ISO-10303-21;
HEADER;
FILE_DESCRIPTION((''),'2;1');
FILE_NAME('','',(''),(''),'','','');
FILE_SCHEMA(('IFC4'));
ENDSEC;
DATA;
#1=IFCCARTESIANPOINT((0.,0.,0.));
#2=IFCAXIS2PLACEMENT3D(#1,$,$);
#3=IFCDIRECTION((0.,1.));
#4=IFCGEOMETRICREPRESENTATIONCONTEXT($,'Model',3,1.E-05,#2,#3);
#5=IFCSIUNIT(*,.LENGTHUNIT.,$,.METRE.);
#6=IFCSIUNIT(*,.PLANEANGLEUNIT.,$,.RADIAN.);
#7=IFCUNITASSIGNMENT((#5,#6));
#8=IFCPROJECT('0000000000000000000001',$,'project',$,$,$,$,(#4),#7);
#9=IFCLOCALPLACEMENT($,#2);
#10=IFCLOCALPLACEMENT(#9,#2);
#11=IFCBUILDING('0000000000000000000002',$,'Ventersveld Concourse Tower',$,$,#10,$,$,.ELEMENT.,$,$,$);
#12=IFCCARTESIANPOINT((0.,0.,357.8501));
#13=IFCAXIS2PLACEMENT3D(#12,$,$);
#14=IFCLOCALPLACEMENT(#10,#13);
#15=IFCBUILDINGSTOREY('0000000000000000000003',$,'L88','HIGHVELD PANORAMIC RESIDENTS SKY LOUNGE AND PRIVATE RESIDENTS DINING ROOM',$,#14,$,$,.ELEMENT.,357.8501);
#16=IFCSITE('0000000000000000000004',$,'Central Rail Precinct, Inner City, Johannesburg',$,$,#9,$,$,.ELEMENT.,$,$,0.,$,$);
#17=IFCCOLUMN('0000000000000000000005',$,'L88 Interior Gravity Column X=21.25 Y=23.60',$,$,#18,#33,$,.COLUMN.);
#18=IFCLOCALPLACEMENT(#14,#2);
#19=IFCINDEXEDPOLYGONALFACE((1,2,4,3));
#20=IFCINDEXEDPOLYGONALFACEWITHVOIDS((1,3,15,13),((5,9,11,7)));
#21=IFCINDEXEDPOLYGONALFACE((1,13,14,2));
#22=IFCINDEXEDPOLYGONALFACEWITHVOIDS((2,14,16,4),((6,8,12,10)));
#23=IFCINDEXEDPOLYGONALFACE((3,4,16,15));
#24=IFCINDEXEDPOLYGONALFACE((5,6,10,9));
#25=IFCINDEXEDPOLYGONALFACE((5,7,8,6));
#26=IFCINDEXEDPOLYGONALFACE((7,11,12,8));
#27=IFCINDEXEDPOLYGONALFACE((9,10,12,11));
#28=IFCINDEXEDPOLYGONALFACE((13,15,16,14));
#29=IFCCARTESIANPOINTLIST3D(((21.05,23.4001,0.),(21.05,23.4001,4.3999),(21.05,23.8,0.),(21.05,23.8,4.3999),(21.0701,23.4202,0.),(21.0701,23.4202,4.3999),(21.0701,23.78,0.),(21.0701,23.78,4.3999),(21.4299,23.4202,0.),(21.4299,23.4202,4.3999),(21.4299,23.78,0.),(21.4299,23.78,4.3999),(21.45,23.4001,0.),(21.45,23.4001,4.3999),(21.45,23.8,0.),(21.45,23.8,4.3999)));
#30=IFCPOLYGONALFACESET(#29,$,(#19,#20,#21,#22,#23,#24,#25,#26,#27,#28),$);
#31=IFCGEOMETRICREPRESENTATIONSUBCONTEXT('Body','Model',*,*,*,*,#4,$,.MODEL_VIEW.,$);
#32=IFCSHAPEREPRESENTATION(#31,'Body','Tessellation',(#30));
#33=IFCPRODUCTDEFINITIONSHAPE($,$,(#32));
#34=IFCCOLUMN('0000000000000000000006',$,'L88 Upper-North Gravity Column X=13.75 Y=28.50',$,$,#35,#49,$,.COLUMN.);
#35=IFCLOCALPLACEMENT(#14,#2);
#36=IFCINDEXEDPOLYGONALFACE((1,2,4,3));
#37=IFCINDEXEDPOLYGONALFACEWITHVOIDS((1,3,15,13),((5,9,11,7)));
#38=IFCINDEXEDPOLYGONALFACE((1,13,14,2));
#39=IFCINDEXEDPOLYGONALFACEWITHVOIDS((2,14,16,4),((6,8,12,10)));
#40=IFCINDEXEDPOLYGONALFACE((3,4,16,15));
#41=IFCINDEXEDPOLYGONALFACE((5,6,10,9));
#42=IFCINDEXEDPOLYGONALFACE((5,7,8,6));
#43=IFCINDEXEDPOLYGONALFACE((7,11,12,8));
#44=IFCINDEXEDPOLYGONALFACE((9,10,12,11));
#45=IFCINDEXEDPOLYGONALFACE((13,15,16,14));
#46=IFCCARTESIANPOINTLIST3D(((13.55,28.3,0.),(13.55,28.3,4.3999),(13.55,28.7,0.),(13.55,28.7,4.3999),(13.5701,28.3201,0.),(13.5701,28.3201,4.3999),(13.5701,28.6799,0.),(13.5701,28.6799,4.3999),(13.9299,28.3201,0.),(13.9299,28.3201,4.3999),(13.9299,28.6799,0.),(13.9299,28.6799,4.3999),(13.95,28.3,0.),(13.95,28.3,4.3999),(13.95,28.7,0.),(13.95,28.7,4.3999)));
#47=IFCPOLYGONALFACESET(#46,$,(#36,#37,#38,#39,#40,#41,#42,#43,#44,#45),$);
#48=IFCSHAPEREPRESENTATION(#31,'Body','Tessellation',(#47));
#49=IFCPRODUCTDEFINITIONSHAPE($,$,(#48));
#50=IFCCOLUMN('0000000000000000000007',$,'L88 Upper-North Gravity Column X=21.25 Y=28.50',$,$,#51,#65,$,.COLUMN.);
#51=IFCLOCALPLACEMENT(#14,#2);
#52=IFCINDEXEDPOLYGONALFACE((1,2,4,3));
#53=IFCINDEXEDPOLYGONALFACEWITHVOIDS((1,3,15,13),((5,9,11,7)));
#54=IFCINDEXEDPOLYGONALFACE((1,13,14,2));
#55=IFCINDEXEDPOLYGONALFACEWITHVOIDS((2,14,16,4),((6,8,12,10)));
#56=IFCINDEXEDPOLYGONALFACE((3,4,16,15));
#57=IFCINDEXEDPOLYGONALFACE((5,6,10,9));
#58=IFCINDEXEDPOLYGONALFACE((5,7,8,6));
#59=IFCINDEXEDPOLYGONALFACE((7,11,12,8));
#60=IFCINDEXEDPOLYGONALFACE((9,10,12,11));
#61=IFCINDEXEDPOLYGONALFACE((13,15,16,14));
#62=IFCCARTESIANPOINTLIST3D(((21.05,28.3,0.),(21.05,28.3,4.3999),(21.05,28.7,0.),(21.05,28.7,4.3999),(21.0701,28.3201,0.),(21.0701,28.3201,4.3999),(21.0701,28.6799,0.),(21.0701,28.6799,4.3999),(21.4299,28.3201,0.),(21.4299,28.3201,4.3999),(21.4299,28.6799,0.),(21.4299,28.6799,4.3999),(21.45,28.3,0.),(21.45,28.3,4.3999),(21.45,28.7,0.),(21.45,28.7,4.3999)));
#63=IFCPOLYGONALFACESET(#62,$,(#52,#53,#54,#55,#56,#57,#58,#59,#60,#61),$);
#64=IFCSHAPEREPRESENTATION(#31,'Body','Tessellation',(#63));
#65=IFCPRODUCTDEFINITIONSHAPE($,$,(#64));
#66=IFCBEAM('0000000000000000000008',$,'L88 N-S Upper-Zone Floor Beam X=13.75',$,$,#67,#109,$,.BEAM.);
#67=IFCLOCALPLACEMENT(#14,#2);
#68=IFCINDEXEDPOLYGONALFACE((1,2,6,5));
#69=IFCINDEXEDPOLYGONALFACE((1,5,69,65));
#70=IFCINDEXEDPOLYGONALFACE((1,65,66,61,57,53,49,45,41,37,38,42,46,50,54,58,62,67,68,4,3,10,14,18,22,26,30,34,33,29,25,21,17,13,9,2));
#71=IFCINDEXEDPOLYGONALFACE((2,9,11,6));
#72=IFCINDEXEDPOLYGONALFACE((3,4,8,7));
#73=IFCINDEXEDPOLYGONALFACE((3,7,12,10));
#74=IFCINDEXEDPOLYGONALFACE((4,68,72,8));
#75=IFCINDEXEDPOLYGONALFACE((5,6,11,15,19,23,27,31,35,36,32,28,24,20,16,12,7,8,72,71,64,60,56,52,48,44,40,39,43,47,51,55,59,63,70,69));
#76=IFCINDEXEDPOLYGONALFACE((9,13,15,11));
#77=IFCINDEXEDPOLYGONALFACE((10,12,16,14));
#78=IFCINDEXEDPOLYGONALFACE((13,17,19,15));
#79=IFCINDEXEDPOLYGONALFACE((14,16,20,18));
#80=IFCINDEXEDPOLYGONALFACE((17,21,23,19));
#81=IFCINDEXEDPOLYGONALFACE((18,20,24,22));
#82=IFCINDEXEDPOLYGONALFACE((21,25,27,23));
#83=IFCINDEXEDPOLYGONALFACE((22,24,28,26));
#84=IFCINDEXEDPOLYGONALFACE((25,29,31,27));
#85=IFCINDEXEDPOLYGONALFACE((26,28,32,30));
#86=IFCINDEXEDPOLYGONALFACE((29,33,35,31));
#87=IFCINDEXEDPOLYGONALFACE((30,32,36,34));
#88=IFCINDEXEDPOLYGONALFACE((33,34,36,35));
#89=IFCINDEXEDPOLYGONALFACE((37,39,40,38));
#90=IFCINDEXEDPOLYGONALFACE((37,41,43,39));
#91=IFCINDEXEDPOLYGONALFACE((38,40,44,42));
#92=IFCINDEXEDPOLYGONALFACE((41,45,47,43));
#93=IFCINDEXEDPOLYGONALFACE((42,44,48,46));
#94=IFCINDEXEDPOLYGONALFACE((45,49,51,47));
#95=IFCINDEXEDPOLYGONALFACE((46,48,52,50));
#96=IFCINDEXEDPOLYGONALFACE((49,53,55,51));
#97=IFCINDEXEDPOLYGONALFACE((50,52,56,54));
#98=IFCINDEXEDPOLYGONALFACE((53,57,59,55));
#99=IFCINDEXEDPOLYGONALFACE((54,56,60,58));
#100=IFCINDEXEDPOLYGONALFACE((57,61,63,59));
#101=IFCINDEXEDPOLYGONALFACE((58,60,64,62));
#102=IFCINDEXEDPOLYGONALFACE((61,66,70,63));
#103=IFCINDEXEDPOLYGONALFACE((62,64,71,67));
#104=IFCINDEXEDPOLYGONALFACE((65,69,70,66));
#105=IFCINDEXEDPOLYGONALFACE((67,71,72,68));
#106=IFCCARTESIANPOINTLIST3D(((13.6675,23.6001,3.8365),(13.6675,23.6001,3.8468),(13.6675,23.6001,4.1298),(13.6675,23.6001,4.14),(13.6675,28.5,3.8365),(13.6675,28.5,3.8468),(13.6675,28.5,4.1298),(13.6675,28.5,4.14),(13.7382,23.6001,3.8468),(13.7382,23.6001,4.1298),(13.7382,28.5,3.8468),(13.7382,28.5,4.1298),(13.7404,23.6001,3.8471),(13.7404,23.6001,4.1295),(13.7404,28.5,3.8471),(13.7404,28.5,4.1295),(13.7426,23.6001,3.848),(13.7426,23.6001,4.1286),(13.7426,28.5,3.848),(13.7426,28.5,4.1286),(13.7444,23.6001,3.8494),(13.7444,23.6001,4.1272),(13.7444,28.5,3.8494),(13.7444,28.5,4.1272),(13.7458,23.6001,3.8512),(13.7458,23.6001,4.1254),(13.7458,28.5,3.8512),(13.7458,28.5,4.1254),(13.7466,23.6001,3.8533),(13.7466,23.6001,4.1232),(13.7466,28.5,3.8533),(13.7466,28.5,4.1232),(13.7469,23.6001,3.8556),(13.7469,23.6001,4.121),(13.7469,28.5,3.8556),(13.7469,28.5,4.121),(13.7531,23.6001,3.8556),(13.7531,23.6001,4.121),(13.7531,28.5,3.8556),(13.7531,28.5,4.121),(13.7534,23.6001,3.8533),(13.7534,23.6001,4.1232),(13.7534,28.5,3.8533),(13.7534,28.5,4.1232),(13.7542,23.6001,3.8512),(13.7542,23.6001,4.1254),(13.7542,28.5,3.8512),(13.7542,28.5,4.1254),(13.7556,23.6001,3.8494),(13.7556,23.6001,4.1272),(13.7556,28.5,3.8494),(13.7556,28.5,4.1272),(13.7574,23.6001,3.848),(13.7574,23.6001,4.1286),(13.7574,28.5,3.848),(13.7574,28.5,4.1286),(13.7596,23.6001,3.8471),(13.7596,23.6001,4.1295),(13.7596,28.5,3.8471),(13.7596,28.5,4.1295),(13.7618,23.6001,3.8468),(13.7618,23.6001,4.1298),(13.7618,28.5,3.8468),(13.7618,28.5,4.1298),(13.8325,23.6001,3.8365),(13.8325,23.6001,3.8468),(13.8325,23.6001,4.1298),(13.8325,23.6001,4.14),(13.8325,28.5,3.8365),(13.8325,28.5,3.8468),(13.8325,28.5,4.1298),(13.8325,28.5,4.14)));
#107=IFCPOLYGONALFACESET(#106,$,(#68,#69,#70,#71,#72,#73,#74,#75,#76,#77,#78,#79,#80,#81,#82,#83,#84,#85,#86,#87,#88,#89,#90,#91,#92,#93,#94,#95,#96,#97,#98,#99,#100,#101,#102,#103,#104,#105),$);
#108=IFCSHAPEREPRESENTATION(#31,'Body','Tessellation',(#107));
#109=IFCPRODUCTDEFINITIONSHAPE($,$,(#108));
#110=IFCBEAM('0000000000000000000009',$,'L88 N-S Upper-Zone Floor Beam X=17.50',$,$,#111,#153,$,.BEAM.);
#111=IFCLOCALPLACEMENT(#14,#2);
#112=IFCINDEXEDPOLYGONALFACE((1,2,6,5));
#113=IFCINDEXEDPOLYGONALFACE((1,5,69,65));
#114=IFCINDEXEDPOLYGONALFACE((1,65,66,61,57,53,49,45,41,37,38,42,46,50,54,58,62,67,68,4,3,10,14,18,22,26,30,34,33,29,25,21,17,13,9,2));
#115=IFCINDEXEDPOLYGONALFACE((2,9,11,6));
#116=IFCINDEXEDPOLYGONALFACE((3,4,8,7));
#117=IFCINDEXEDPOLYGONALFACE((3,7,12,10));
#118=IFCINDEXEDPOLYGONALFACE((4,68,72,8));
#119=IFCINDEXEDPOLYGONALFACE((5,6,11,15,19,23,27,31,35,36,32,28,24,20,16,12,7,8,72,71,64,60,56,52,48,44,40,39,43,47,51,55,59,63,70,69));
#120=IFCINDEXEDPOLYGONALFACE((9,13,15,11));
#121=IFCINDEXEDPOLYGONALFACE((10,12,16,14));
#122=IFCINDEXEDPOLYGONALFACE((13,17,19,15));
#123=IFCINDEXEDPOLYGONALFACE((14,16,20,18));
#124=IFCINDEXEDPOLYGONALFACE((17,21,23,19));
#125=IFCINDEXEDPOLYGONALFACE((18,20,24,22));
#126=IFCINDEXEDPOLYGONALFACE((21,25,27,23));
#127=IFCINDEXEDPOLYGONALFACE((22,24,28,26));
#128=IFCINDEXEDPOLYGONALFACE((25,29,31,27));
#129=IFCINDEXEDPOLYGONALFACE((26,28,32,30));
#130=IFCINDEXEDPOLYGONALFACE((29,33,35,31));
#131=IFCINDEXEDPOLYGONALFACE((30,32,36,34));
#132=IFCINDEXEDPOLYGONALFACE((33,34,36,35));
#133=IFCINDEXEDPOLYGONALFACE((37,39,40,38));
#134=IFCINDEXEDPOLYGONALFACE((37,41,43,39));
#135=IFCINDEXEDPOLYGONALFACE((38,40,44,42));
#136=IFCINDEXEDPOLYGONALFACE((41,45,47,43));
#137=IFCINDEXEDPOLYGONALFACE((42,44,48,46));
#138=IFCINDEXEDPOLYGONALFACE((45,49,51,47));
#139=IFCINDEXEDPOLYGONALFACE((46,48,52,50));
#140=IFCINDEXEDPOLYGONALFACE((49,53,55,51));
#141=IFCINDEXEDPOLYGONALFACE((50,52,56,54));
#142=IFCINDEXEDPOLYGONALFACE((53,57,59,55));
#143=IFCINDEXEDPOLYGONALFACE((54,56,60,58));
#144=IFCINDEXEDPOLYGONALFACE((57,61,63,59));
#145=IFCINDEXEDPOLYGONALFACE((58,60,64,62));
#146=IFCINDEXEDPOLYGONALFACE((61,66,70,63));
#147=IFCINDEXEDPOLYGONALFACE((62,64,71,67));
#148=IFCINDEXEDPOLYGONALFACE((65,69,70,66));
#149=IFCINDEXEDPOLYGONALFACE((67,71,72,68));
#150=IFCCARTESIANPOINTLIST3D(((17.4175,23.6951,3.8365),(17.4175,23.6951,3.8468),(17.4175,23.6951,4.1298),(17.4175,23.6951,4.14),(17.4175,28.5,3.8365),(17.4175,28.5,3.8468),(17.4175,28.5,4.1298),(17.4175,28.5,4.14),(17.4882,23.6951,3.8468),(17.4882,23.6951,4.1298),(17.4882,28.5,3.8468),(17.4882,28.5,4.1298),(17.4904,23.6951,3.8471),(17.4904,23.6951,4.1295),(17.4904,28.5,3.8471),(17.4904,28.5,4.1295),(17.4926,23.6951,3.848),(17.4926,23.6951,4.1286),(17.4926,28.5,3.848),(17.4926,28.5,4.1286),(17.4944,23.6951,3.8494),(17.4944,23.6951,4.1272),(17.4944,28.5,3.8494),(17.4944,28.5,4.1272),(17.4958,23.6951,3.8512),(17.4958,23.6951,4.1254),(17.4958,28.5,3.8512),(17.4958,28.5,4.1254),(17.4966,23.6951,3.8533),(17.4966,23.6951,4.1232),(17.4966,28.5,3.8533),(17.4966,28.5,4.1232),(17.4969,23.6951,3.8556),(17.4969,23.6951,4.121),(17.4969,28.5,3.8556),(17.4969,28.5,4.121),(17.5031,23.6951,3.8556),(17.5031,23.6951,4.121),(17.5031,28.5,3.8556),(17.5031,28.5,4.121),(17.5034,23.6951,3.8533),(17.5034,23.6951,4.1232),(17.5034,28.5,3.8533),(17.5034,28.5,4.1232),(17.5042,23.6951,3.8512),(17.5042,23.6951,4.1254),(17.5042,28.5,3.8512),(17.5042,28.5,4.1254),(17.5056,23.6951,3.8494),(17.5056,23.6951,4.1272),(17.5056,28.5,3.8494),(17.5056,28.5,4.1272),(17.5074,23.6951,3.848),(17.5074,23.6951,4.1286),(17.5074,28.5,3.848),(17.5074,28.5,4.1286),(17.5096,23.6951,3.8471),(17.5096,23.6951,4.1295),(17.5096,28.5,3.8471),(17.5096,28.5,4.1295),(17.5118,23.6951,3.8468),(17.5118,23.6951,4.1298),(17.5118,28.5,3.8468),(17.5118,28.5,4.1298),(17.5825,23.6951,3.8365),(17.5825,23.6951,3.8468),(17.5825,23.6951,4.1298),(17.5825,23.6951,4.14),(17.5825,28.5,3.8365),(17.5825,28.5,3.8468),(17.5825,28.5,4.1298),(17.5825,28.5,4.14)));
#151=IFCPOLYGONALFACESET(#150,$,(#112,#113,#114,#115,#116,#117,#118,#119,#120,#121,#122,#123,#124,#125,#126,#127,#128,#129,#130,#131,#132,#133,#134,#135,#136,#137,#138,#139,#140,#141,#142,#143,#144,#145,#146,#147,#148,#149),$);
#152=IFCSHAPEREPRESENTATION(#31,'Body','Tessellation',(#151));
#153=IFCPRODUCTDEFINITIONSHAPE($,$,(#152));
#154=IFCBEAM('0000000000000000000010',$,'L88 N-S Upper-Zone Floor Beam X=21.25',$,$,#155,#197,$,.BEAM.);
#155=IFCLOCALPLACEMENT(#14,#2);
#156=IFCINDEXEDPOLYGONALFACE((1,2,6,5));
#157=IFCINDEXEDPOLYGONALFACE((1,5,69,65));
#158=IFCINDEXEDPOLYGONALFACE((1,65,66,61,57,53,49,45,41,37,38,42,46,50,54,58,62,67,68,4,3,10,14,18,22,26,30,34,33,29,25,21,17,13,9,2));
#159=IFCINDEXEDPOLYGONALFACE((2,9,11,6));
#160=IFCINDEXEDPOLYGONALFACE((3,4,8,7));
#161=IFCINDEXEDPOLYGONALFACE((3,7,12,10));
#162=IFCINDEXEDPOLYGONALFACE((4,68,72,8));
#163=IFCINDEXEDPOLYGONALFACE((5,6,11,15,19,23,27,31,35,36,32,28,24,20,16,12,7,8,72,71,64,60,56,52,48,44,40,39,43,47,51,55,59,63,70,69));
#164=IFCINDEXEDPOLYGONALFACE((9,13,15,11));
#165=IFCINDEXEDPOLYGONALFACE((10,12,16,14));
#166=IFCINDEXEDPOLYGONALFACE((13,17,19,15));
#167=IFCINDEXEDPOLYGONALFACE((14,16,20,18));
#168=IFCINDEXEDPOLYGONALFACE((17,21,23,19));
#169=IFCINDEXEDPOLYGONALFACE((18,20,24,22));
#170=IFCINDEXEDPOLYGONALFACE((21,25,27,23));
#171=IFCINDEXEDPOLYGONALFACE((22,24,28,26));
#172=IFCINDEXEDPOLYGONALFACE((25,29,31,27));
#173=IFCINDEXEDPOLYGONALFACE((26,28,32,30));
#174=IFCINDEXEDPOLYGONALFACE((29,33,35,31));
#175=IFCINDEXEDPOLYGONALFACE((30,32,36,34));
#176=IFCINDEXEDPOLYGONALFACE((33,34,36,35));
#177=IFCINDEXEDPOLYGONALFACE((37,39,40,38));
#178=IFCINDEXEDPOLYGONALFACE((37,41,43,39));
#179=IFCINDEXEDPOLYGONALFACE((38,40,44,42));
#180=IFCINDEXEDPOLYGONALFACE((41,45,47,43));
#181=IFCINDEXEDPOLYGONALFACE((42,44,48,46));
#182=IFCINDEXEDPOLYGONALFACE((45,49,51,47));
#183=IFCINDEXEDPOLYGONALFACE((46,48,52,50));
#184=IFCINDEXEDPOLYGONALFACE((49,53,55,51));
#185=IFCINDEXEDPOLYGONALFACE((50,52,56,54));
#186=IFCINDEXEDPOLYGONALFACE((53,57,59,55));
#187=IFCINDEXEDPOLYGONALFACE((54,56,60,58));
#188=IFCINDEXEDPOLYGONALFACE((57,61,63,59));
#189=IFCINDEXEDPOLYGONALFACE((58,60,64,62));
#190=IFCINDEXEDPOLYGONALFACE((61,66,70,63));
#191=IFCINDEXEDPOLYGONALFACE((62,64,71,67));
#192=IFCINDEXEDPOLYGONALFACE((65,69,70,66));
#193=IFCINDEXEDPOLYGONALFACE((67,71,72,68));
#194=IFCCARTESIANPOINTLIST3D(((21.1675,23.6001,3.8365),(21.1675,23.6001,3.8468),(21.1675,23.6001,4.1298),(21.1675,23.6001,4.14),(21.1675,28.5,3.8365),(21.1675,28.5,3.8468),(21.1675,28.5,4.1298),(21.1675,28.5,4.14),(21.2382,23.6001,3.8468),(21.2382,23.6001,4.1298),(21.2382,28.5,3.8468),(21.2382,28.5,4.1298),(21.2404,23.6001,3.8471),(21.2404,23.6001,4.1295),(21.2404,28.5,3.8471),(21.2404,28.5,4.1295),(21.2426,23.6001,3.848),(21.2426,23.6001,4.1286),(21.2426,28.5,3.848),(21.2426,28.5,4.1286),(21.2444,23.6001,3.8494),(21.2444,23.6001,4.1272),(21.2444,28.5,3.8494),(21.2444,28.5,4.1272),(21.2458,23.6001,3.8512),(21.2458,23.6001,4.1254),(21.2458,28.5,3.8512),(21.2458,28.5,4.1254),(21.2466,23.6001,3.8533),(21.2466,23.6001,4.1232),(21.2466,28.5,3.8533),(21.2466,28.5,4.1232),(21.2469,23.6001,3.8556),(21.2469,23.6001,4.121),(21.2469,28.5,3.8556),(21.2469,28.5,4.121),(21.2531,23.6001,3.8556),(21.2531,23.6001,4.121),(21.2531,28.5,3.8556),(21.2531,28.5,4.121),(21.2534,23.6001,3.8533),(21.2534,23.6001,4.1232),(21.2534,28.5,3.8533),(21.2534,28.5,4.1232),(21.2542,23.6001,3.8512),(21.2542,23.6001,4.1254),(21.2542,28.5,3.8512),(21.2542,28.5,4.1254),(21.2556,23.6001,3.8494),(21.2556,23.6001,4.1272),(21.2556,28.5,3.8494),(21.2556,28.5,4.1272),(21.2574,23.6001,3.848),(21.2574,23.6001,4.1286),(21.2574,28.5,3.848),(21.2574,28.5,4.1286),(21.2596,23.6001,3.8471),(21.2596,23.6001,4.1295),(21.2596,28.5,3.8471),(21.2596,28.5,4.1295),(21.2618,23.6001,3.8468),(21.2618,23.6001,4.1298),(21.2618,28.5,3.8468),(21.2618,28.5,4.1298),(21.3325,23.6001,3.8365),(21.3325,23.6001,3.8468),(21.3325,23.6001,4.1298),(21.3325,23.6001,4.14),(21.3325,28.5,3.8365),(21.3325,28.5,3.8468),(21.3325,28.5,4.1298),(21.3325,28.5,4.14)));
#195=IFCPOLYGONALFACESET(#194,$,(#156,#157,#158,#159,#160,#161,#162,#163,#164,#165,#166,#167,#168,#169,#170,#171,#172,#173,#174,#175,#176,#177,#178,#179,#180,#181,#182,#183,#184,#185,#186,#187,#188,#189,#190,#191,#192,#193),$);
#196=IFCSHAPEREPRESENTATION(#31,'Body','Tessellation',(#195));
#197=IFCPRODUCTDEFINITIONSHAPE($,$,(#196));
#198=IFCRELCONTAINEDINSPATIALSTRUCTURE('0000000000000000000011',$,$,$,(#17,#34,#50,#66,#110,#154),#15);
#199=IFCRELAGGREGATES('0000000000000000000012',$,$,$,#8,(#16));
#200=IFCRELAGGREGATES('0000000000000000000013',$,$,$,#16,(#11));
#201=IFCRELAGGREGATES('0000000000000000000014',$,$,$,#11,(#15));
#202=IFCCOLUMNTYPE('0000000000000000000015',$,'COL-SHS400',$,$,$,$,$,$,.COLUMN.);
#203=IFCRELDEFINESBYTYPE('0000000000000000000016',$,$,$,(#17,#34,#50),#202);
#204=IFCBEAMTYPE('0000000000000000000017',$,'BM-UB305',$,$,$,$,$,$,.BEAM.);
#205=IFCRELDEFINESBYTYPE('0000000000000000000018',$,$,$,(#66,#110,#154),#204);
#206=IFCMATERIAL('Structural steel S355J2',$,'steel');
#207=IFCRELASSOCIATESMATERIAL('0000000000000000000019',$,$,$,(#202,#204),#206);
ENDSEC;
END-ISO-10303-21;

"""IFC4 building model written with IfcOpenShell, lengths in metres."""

from ifc_helpers import new_model, si_unit, direction, frame, origin, origin_2d, place, context, subcontext, project, spatial, hollow_rectangle, i_section, extrude, material, material_profile, profile_set, type_object, element, save


model = new_model("IFC4")

# Units and contexts
model_context = context("Model", 3, precision=1e-05, world=origin(), true_north=direction((0.0, 1.0)))
body_context = subcontext(model_context, "Body", "Model", "MODEL_VIEW")
ifc_project = project(units=[si_unit("LENGTHUNIT", "METRE"), si_unit("PLANEANGLEUNIT", "RADIAN")], contexts=[model_context])

# Site, building, storey
site_placement = place(None, origin())
site = spatial("IfcSite", under=ifc_project, at=site_placement, Name="Central Rail Precinct, Inner City, Johannesburg", CompositionType="ELEMENT", RefElevation=0.0)
building_placement = place(site_placement, origin())
building = spatial("IfcBuilding", under=site, at=building_placement, Name="Ventersveld Concourse Tower", CompositionType="ELEMENT")
storey_placement = place(building_placement, frame((0.0, 0.0, 357.8501)))
storey = spatial("IfcBuildingStorey", under=building, at=storey_placement, Name="L88", Description="HIGHVELD PANORAMIC RESIDENTS SKY LOUNGE AND PRIVATE RESIDENTS DINING ROOM", CompositionType="ELEMENT", Elevation=357.8501)

# Columns
ifc_material_1 = material(Name="Structural steel S355J2", Category="steel")
ifc_material_profile_1 = material_profile(ifc_material_1, hollow_rectangle(XDim=0.3999, YDim=0.3999, WallThickness=0.02, at=origin_2d()), Name="SHS 400x400x20")
ifc_profile_set_1 = profile_set([ifc_material_profile_1], Name="Structural steel S355J2")
column_type = type_object("IfcColumnType", Name="COL-SHS400", PredefinedType="COLUMN", material=ifc_profile_set_1)
for number, where, z_axis, x_axis, name in (
    (1, (21.25, 23.6001, 0.0), (0.0, 0.0, 1.0), (1.0, 0.0, 0.0), "L88 Interior Gravity Column X=21.25 Y=23.60"),
    (2, (13.75, 28.5, 0.0), (0.0, 0.0, 1.0), (1.0, 0.0, 0.0), "L88 Upper-North Gravity Column X=13.75 Y=28.50"),
    (3, (21.25, 28.5, 0.0), (0.0, 0.0, 1.0), (1.0, 0.0, 0.0), "L88 Upper-North Gravity Column X=21.25 Y=28.50"),
):
    element("IfcColumn", number, at=place(storey_placement, frame(where, z_axis=z_axis, x_axis=x_axis)), inside=storey, type_object=column_type, Name=name, PredefinedType="COLUMN", context=body_context, shape_type="SweptSolid", body=[
        extrude(hollow_rectangle(XDim=0.3999, YDim=0.3999, WallThickness=0.02, at=origin_2d()), origin(), (0.0, 0.0, 1.0), 4.3999),
    ])

# Beams
ifc_material_profile_2 = material_profile(ifc_material_1, i_section(OverallWidth=0.165, OverallDepth=0.3035, WebThickness=0.0061, FlangeThickness=0.0103, FilletRadius=0.0088, at=origin_2d()), Name="UB 305x165x40")
ifc_profile_set_2 = profile_set([ifc_material_profile_2], Name="Structural steel S355J2")
beam_type_1 = type_object("IfcBeamType", Name="BM-UB305", PredefinedType="BEAM", material=ifc_profile_set_2)
beam_1_placement = place(storey_placement, frame((13.75, 23.6001, 3.9883), z_axis=(0.0, 1.0, 0.0), x_axis=(-1.0, 0.0, 0.0)))
element("IfcBeam", 4, at=beam_1_placement, inside=storey, type_object=beam_type_1, Name="L88 N-S Upper-Zone Floor Beam X=13.75", PredefinedType="BEAM", context=body_context, shape_type="SweptSolid", body=[
    extrude(i_section(OverallWidth=0.165, OverallDepth=0.3035, WebThickness=0.0061, FlangeThickness=0.0103, FilletRadius=0.0088, at=origin_2d()), origin(), (0.0, 0.0, 1.0), 4.8999),
])
beam_2_placement = place(storey_placement, frame((17.5, 23.6951, 3.9883), z_axis=(0.0, 1.0, 0.0), x_axis=(-1.0, 0.0, 0.0)))
element("IfcBeam", 5, at=beam_2_placement, inside=storey, type_object=beam_type_1, Name="L88 N-S Upper-Zone Floor Beam X=17.50", PredefinedType="BEAM", context=body_context, shape_type="SweptSolid", body=[
    extrude(i_section(OverallWidth=0.165, OverallDepth=0.3035, WebThickness=0.0061, FlangeThickness=0.0103, FilletRadius=0.0088, at=origin_2d()), origin(), (0.0, 0.0, 1.0), 4.8049),
])
beam_3_placement = place(storey_placement, frame((21.25, 23.6001, 3.9883), z_axis=(0.0, 1.0, 0.0), x_axis=(-1.0, 0.0, 0.0)))
element("IfcBeam", 6, at=beam_3_placement, inside=storey, type_object=beam_type_1, Name="L88 N-S Upper-Zone Floor Beam X=21.25", PredefinedType="BEAM", context=body_context, shape_type="SweptSolid", body=[
    extrude(i_section(OverallWidth=0.165, OverallDepth=0.3035, WebThickness=0.0061, FlangeThickness=0.0103, FilletRadius=0.0088, at=origin_2d()), origin(), (0.0, 0.0, 1.0), 4.8999),
])

save(model, "model.ifc")
